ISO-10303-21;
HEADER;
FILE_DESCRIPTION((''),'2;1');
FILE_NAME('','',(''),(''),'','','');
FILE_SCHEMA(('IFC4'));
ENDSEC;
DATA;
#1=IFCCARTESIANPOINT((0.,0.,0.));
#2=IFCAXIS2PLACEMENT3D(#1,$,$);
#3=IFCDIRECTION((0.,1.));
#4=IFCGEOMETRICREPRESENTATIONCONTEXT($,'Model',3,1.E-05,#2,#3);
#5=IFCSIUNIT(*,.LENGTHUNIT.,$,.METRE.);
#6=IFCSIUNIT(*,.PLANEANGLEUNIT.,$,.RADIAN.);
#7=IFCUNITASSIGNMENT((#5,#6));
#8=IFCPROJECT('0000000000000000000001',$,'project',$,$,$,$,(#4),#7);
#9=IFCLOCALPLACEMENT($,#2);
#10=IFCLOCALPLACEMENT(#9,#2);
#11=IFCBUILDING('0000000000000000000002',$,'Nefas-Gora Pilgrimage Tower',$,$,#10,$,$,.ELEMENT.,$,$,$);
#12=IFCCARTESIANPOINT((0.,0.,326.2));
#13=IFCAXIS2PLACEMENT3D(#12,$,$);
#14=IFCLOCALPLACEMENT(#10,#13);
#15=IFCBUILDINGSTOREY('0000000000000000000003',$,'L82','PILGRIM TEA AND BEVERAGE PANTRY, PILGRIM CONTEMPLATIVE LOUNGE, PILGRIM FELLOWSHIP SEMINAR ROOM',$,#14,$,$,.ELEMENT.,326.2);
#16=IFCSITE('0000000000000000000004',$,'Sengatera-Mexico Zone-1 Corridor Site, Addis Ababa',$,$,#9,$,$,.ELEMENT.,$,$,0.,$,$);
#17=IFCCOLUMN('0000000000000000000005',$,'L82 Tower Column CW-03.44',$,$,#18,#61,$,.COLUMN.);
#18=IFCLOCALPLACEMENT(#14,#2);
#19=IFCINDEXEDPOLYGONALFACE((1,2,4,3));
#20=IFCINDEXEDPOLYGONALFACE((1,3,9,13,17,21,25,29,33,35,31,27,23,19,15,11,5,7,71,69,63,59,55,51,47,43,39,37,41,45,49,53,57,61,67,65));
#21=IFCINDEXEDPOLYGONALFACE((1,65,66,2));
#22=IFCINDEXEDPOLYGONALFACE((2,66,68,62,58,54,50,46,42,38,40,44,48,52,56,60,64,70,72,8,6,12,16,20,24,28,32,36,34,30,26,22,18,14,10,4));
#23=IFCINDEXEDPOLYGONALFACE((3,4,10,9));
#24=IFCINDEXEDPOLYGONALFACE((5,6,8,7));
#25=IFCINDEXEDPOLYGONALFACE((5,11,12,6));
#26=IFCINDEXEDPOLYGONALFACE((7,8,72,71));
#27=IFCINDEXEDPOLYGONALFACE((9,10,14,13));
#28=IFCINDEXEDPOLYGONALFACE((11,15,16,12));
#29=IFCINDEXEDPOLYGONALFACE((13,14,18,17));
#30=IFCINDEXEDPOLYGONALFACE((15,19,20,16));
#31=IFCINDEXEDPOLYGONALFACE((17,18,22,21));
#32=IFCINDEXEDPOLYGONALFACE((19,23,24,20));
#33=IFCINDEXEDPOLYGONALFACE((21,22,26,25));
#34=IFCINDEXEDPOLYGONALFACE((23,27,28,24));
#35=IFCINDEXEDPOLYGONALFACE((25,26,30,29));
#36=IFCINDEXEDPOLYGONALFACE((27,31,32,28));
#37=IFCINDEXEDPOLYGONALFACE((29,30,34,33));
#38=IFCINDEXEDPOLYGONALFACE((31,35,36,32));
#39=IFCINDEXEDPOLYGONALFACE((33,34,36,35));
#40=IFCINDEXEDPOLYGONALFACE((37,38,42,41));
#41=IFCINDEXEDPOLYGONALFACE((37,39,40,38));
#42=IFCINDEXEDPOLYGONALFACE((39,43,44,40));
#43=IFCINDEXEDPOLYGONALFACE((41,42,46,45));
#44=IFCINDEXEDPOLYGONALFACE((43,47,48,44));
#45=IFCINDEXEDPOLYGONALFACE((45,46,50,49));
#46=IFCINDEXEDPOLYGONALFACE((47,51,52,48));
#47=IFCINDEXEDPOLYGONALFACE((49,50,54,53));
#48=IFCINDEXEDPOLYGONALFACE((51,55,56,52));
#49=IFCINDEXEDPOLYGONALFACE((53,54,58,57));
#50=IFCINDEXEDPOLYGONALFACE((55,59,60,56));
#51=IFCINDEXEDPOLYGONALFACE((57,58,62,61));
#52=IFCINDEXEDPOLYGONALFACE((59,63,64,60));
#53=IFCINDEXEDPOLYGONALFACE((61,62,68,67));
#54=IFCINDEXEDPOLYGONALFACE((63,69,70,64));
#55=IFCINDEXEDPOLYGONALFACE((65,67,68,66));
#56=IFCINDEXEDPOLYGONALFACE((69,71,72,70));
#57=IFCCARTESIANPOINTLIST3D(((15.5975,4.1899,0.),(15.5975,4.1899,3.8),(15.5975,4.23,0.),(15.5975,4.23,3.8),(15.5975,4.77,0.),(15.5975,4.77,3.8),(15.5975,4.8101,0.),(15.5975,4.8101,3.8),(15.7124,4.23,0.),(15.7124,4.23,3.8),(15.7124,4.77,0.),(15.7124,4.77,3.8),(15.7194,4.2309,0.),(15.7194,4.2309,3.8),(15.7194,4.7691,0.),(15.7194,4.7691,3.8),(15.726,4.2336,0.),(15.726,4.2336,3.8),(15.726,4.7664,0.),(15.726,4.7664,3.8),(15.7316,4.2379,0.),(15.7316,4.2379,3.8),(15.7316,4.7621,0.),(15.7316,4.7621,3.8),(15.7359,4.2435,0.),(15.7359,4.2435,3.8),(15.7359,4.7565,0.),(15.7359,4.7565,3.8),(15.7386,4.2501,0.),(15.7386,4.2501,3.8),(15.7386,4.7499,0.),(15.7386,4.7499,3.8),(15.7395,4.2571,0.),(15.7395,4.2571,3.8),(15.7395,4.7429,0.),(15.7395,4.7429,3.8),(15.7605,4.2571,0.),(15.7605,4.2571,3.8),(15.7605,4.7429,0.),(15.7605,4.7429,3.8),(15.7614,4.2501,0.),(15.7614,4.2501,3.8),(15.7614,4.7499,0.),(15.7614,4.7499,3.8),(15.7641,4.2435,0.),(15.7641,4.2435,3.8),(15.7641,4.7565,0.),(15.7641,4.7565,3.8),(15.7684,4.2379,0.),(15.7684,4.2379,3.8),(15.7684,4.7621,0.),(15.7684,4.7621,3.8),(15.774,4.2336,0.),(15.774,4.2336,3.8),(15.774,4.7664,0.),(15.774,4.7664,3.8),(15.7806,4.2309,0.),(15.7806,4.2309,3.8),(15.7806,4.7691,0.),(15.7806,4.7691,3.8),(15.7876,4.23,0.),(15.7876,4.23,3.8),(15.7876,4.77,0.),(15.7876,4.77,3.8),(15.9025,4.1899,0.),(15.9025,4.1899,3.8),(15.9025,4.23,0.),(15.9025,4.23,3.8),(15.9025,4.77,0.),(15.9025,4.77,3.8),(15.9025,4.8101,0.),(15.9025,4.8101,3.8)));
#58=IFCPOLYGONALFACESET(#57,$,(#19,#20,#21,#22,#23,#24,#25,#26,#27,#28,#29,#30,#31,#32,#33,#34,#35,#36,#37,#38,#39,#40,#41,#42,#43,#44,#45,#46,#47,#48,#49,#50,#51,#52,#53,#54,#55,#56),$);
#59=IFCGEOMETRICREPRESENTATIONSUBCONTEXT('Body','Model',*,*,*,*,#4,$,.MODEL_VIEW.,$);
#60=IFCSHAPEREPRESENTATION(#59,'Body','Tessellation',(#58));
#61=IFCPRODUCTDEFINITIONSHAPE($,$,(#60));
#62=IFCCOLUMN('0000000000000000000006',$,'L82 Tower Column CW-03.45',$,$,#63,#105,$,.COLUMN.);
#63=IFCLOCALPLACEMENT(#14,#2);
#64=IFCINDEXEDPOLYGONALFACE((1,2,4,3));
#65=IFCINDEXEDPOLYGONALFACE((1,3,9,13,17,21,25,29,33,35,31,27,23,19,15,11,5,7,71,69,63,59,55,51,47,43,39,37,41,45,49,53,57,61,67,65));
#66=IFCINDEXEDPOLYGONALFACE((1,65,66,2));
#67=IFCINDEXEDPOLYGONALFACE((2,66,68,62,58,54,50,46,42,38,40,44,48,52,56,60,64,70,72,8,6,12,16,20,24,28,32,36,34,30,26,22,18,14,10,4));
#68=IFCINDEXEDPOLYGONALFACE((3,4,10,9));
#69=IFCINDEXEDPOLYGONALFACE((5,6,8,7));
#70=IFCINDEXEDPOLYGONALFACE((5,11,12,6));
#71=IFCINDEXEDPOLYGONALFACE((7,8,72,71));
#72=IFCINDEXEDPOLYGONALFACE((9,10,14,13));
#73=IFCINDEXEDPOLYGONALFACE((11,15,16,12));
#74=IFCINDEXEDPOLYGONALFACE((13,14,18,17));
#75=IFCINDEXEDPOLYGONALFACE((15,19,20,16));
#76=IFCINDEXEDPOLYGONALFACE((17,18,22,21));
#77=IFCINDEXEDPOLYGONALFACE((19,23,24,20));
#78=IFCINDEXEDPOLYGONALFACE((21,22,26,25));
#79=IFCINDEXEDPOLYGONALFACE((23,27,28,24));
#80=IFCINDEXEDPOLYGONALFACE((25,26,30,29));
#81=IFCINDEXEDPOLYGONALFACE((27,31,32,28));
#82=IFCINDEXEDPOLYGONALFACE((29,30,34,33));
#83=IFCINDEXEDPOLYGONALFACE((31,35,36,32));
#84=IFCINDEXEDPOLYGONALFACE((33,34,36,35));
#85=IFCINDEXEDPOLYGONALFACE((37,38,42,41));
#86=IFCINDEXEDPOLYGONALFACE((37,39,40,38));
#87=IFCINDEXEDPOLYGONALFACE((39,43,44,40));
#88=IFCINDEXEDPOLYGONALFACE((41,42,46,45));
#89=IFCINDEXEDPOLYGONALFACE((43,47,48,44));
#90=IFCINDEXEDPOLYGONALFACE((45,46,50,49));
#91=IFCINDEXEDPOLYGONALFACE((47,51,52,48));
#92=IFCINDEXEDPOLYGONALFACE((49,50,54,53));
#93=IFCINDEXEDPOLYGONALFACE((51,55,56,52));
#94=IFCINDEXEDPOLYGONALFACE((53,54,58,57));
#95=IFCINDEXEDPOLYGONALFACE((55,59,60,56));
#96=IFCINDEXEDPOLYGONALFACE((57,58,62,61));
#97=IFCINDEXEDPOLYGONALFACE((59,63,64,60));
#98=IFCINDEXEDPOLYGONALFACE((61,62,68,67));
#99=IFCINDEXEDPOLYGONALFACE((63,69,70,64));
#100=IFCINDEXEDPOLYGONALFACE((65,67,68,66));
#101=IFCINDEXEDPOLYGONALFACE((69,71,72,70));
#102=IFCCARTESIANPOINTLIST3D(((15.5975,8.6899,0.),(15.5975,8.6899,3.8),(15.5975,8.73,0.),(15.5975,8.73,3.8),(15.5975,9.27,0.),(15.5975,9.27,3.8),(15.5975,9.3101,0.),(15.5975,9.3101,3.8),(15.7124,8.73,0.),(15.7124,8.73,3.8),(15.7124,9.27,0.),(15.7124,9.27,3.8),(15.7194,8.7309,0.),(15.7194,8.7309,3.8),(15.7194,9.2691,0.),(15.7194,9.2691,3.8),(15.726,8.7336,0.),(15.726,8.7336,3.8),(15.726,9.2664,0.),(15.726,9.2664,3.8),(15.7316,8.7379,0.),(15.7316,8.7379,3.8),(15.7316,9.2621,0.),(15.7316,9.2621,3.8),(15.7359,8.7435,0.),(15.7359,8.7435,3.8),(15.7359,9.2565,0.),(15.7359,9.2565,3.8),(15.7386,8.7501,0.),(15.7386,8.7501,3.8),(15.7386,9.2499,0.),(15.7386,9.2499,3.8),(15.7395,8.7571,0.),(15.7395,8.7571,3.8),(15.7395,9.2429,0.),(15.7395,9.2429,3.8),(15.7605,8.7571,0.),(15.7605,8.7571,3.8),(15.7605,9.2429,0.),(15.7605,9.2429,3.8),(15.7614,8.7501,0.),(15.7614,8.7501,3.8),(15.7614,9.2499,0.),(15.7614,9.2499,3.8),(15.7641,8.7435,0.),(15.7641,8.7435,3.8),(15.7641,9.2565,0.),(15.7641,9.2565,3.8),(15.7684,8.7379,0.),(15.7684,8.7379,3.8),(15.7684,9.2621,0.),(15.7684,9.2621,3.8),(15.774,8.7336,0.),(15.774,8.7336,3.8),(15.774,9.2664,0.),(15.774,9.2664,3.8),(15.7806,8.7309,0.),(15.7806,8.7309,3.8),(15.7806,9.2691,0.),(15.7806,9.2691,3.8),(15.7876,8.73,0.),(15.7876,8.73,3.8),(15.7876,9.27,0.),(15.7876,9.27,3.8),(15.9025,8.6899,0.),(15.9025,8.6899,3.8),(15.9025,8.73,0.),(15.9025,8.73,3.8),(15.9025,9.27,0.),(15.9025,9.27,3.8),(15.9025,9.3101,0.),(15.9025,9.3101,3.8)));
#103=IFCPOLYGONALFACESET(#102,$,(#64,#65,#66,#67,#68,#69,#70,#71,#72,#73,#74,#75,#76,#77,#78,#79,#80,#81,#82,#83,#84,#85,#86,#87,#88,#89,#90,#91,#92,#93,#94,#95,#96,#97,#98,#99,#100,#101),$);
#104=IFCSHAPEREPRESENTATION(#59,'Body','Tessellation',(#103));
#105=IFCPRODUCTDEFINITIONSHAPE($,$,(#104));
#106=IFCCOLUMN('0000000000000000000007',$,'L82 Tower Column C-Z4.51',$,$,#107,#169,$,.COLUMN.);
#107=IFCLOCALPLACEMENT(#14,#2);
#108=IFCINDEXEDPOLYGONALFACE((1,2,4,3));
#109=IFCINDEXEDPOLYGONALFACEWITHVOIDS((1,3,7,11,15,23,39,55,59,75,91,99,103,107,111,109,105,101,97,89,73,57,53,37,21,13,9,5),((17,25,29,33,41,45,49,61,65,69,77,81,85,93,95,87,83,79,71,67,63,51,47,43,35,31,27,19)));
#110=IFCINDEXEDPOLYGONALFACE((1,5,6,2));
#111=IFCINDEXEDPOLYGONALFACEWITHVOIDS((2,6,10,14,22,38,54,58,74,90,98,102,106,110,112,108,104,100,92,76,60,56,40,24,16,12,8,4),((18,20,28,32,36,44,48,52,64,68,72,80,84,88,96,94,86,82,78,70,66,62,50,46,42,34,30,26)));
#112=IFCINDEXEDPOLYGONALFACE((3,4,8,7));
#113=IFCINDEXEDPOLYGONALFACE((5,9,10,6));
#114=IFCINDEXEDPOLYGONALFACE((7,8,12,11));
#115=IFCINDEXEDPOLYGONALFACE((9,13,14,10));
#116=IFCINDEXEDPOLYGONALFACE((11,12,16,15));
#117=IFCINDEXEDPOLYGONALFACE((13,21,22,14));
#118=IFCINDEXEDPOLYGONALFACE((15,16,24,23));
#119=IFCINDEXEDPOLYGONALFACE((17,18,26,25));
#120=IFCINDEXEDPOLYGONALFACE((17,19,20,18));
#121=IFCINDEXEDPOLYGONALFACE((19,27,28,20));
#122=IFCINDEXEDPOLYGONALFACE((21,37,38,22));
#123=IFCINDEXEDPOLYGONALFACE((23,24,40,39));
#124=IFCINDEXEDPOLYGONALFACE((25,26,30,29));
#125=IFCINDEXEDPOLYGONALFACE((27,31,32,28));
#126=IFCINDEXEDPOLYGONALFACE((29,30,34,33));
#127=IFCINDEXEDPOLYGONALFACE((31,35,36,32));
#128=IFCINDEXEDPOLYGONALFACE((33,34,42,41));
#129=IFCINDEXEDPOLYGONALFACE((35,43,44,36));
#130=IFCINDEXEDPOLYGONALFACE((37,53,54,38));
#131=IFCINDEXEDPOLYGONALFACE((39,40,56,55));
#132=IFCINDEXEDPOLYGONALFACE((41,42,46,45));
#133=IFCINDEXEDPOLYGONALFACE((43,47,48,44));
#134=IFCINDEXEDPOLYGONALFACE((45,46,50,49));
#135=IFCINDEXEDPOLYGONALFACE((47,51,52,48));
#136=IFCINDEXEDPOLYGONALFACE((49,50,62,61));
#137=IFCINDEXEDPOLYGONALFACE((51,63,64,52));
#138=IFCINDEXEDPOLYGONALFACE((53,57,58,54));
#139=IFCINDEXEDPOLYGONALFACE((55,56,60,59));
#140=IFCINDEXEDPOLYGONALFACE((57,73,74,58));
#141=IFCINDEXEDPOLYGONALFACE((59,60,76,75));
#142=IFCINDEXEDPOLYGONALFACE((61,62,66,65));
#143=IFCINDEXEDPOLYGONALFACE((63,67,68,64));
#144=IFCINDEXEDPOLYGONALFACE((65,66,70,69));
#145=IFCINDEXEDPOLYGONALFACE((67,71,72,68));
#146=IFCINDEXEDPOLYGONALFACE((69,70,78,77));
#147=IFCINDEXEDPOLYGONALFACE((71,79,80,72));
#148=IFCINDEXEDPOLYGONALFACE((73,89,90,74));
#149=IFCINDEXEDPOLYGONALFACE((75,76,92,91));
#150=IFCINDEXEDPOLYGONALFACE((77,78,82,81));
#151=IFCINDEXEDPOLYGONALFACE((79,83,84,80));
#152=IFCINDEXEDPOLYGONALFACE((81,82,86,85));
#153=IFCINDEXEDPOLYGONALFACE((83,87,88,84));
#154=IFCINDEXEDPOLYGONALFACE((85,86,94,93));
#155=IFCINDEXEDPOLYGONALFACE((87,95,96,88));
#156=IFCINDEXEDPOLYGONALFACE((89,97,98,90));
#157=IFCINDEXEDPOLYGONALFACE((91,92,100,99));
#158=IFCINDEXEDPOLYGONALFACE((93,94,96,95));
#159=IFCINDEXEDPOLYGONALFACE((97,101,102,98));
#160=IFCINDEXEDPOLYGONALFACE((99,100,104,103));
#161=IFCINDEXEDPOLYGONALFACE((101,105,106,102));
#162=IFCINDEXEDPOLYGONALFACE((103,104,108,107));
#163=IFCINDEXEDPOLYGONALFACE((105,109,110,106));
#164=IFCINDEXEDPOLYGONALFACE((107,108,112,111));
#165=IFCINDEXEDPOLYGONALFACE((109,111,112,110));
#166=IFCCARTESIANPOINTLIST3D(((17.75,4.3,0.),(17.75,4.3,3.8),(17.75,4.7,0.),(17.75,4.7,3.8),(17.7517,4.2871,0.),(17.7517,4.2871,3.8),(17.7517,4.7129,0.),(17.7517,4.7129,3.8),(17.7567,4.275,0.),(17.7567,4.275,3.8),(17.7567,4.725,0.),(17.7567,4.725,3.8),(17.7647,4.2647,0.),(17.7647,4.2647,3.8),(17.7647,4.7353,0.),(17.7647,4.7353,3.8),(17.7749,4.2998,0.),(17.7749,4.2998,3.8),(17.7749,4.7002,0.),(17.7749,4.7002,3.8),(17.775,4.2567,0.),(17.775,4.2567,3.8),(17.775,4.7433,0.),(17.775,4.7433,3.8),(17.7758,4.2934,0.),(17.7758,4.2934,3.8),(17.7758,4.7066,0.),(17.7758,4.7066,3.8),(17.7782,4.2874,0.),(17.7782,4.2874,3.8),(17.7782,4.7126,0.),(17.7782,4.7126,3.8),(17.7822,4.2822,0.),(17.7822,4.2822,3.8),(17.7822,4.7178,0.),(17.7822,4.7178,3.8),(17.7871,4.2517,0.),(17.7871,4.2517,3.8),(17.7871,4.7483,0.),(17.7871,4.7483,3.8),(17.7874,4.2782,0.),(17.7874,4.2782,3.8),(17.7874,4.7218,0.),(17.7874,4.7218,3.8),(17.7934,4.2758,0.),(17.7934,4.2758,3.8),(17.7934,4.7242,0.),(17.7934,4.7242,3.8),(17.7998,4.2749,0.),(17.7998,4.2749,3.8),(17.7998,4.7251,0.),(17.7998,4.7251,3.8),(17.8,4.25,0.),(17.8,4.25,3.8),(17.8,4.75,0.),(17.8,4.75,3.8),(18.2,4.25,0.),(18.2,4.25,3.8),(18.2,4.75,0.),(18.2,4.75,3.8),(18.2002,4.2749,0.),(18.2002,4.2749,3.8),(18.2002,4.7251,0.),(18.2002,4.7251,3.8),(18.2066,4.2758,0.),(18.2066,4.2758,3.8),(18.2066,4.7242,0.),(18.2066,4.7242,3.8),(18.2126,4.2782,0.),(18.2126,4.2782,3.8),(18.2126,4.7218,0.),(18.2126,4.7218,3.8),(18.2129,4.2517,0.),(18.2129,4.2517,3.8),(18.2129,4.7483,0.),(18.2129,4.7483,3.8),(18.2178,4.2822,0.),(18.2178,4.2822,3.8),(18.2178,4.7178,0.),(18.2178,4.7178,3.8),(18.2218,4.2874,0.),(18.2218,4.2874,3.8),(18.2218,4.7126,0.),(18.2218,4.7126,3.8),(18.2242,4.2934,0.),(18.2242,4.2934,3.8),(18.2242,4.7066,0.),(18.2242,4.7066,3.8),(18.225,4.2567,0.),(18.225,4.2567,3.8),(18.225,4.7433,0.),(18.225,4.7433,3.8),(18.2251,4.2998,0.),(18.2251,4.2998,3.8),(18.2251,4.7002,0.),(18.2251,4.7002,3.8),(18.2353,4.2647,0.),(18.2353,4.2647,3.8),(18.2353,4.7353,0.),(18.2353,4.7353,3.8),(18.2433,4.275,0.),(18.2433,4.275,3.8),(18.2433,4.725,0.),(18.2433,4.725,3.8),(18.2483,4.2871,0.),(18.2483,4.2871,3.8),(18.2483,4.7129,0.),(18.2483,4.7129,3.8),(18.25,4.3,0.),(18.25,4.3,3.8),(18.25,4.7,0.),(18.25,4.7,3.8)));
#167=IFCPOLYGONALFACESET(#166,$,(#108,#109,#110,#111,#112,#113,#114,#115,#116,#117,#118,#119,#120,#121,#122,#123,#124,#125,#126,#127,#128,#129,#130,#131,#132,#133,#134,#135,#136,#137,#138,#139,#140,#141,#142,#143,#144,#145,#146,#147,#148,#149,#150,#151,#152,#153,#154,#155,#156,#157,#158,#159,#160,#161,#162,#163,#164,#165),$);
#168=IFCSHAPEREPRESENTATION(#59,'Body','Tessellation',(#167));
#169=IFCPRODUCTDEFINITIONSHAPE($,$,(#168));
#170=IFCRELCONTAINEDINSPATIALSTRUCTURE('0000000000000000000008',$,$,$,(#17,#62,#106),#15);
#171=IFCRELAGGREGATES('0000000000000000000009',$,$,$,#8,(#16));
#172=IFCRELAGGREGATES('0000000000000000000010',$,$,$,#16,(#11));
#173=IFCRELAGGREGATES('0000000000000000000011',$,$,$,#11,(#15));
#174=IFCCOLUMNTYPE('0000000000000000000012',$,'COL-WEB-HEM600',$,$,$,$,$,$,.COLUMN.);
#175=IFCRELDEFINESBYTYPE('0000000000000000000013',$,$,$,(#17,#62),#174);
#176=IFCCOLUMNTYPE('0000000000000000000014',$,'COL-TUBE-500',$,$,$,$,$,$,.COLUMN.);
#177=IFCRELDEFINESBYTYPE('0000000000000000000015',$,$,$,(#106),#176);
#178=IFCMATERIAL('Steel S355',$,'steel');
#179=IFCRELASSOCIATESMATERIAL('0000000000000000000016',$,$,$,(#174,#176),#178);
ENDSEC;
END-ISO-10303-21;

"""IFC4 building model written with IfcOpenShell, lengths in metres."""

from ifc_helpers import new_model, si_unit, direction, frame, origin, origin_2d, place, context, subcontext, project, spatial, hollow_rectangle, i_section, extrude, source, transform, mapped, material, material_profile, profile_set, type_object, element, save


model = new_model("IFC4")

# Units and contexts
model_context = context("Model", 3, precision=1e-05, world=origin(), true_north=direction((0.0, 1.0)))
body_context = subcontext(model_context, "Body", "Model", "MODEL_VIEW")
ifc_project = project(units=[si_unit("LENGTHUNIT", "METRE"), si_unit("PLANEANGLEUNIT", "RADIAN")], contexts=[model_context])

# Site, building, storey
site_placement = place(None, origin())
site = spatial("IfcSite", under=ifc_project, at=site_placement, Name="Sengatera-Mexico Zone-1 Corridor Site, Addis Ababa", CompositionType="ELEMENT", RefElevation=0.0)
building_placement = place(site_placement, origin())
building = spatial("IfcBuilding", under=site, at=building_placement, Name="Nefas-Gora Pilgrimage Tower", CompositionType="ELEMENT")
storey_placement = place(building_placement, frame((0.0, 0.0, 326.2)))
storey = spatial("IfcBuildingStorey", under=building, at=storey_placement, Name="L82", Description="PILGRIM TEA AND BEVERAGE PANTRY, PILGRIM CONTEMPLATIVE LOUNGE, PILGRIM FELLOWSHIP SEMINAR ROOM", CompositionType="ELEMENT", Elevation=326.2)

# Columns
ifc_material_1 = material(Name="Steel S355", Category="steel")
ifc_material_profile_1 = material_profile(ifc_material_1, i_section(OverallWidth=0.3049, OverallDepth=0.6201, WebThickness=0.021, FlangeThickness=0.04, FilletRadius=0.0271, at=origin_2d()), Name="HEM 600")
ifc_profile_set_1 = profile_set([ifc_material_profile_1], Name="Steel S355")
column_type_1 = type_object("IfcColumnType", Name="COL-WEB-HEM600", PredefinedType="COLUMN", material=ifc_profile_set_1)
shared_shape_1 = source(origin(), body_context, "Body", "SweptSolid", [
    extrude(i_section(OverallWidth=0.3049, OverallDepth=0.6201, WebThickness=0.021, FlangeThickness=0.04, FilletRadius=0.0271, at=origin_2d()), origin(), (0.0, 0.0, 1.0), 3.8),
])
for number, where, z_axis, x_axis, name in (
    (1, (15.75, 4.5, 0.0), (0.0, 0.0, 1.0), (1.0, 0.0, 0.0), "L82 Tower Column CW-03.44"),
    (2, (15.75, 9.0, 0.0), (0.0, 0.0, 1.0), (1.0, 0.0, 0.0), "L82 Tower Column CW-03.45"),
):
    element("IfcColumn", number, at=place(storey_placement, frame(where, z_axis=z_axis, x_axis=x_axis)), inside=storey, type_object=column_type_1, Name=name, PredefinedType="COLUMN", context=body_context, shape_type="MappedRepresentation", body=[
        mapped(shared_shape_1, transform((0.0, 0.0, 0.0), x_axis=(1.0, 0.0, 0.0), y_axis=(0.0, 1.0, 0.0), z_axis=(0.0, 0.0, 1.0), scale=1.0)),
    ])
ifc_material_profile_2 = material_profile(ifc_material_1, hollow_rectangle(XDim=0.5, YDim=0.5, WallThickness=0.0249, InnerFilletRadius=0.0249, OuterFilletRadius=0.05, at=origin_2d()), Name="SHS 500x500x25")
ifc_profile_set_2 = profile_set([ifc_material_profile_2], Name="Steel S355")
column_type_2 = type_object("IfcColumnType", Name="COL-TUBE-500", PredefinedType="COLUMN", material=ifc_profile_set_2)
shared_shape_2 = source(origin(), body_context, "Body", "SweptSolid", [
    extrude(hollow_rectangle(XDim=0.5, YDim=0.5, WallThickness=0.0249, InnerFilletRadius=0.0249, OuterFilletRadius=0.05, at=origin_2d()), origin(), (0.0, 0.0, 1.0), 3.8),
])
for number, where, z_axis, x_axis, name in (
    (3, (18.0, 4.5, 0.0), (0.0, 0.0, 1.0), (1.0, 0.0, 0.0), "L82 Tower Column C-Z4.51"),
):
    element("IfcColumn", number, at=place(storey_placement, frame(where, z_axis=z_axis, x_axis=x_axis)), inside=storey, type_object=column_type_2, Name=name, PredefinedType="COLUMN", context=body_context, shape_type="MappedRepresentation", body=[
        mapped(shared_shape_2, transform((0.0, 0.0, 0.0), x_axis=(1.0, 0.0, 0.0), y_axis=(0.0, 1.0, 0.0), z_axis=(0.0, 0.0, 1.0), scale=1.0)),
    ])

save(model, "model.ifc")
